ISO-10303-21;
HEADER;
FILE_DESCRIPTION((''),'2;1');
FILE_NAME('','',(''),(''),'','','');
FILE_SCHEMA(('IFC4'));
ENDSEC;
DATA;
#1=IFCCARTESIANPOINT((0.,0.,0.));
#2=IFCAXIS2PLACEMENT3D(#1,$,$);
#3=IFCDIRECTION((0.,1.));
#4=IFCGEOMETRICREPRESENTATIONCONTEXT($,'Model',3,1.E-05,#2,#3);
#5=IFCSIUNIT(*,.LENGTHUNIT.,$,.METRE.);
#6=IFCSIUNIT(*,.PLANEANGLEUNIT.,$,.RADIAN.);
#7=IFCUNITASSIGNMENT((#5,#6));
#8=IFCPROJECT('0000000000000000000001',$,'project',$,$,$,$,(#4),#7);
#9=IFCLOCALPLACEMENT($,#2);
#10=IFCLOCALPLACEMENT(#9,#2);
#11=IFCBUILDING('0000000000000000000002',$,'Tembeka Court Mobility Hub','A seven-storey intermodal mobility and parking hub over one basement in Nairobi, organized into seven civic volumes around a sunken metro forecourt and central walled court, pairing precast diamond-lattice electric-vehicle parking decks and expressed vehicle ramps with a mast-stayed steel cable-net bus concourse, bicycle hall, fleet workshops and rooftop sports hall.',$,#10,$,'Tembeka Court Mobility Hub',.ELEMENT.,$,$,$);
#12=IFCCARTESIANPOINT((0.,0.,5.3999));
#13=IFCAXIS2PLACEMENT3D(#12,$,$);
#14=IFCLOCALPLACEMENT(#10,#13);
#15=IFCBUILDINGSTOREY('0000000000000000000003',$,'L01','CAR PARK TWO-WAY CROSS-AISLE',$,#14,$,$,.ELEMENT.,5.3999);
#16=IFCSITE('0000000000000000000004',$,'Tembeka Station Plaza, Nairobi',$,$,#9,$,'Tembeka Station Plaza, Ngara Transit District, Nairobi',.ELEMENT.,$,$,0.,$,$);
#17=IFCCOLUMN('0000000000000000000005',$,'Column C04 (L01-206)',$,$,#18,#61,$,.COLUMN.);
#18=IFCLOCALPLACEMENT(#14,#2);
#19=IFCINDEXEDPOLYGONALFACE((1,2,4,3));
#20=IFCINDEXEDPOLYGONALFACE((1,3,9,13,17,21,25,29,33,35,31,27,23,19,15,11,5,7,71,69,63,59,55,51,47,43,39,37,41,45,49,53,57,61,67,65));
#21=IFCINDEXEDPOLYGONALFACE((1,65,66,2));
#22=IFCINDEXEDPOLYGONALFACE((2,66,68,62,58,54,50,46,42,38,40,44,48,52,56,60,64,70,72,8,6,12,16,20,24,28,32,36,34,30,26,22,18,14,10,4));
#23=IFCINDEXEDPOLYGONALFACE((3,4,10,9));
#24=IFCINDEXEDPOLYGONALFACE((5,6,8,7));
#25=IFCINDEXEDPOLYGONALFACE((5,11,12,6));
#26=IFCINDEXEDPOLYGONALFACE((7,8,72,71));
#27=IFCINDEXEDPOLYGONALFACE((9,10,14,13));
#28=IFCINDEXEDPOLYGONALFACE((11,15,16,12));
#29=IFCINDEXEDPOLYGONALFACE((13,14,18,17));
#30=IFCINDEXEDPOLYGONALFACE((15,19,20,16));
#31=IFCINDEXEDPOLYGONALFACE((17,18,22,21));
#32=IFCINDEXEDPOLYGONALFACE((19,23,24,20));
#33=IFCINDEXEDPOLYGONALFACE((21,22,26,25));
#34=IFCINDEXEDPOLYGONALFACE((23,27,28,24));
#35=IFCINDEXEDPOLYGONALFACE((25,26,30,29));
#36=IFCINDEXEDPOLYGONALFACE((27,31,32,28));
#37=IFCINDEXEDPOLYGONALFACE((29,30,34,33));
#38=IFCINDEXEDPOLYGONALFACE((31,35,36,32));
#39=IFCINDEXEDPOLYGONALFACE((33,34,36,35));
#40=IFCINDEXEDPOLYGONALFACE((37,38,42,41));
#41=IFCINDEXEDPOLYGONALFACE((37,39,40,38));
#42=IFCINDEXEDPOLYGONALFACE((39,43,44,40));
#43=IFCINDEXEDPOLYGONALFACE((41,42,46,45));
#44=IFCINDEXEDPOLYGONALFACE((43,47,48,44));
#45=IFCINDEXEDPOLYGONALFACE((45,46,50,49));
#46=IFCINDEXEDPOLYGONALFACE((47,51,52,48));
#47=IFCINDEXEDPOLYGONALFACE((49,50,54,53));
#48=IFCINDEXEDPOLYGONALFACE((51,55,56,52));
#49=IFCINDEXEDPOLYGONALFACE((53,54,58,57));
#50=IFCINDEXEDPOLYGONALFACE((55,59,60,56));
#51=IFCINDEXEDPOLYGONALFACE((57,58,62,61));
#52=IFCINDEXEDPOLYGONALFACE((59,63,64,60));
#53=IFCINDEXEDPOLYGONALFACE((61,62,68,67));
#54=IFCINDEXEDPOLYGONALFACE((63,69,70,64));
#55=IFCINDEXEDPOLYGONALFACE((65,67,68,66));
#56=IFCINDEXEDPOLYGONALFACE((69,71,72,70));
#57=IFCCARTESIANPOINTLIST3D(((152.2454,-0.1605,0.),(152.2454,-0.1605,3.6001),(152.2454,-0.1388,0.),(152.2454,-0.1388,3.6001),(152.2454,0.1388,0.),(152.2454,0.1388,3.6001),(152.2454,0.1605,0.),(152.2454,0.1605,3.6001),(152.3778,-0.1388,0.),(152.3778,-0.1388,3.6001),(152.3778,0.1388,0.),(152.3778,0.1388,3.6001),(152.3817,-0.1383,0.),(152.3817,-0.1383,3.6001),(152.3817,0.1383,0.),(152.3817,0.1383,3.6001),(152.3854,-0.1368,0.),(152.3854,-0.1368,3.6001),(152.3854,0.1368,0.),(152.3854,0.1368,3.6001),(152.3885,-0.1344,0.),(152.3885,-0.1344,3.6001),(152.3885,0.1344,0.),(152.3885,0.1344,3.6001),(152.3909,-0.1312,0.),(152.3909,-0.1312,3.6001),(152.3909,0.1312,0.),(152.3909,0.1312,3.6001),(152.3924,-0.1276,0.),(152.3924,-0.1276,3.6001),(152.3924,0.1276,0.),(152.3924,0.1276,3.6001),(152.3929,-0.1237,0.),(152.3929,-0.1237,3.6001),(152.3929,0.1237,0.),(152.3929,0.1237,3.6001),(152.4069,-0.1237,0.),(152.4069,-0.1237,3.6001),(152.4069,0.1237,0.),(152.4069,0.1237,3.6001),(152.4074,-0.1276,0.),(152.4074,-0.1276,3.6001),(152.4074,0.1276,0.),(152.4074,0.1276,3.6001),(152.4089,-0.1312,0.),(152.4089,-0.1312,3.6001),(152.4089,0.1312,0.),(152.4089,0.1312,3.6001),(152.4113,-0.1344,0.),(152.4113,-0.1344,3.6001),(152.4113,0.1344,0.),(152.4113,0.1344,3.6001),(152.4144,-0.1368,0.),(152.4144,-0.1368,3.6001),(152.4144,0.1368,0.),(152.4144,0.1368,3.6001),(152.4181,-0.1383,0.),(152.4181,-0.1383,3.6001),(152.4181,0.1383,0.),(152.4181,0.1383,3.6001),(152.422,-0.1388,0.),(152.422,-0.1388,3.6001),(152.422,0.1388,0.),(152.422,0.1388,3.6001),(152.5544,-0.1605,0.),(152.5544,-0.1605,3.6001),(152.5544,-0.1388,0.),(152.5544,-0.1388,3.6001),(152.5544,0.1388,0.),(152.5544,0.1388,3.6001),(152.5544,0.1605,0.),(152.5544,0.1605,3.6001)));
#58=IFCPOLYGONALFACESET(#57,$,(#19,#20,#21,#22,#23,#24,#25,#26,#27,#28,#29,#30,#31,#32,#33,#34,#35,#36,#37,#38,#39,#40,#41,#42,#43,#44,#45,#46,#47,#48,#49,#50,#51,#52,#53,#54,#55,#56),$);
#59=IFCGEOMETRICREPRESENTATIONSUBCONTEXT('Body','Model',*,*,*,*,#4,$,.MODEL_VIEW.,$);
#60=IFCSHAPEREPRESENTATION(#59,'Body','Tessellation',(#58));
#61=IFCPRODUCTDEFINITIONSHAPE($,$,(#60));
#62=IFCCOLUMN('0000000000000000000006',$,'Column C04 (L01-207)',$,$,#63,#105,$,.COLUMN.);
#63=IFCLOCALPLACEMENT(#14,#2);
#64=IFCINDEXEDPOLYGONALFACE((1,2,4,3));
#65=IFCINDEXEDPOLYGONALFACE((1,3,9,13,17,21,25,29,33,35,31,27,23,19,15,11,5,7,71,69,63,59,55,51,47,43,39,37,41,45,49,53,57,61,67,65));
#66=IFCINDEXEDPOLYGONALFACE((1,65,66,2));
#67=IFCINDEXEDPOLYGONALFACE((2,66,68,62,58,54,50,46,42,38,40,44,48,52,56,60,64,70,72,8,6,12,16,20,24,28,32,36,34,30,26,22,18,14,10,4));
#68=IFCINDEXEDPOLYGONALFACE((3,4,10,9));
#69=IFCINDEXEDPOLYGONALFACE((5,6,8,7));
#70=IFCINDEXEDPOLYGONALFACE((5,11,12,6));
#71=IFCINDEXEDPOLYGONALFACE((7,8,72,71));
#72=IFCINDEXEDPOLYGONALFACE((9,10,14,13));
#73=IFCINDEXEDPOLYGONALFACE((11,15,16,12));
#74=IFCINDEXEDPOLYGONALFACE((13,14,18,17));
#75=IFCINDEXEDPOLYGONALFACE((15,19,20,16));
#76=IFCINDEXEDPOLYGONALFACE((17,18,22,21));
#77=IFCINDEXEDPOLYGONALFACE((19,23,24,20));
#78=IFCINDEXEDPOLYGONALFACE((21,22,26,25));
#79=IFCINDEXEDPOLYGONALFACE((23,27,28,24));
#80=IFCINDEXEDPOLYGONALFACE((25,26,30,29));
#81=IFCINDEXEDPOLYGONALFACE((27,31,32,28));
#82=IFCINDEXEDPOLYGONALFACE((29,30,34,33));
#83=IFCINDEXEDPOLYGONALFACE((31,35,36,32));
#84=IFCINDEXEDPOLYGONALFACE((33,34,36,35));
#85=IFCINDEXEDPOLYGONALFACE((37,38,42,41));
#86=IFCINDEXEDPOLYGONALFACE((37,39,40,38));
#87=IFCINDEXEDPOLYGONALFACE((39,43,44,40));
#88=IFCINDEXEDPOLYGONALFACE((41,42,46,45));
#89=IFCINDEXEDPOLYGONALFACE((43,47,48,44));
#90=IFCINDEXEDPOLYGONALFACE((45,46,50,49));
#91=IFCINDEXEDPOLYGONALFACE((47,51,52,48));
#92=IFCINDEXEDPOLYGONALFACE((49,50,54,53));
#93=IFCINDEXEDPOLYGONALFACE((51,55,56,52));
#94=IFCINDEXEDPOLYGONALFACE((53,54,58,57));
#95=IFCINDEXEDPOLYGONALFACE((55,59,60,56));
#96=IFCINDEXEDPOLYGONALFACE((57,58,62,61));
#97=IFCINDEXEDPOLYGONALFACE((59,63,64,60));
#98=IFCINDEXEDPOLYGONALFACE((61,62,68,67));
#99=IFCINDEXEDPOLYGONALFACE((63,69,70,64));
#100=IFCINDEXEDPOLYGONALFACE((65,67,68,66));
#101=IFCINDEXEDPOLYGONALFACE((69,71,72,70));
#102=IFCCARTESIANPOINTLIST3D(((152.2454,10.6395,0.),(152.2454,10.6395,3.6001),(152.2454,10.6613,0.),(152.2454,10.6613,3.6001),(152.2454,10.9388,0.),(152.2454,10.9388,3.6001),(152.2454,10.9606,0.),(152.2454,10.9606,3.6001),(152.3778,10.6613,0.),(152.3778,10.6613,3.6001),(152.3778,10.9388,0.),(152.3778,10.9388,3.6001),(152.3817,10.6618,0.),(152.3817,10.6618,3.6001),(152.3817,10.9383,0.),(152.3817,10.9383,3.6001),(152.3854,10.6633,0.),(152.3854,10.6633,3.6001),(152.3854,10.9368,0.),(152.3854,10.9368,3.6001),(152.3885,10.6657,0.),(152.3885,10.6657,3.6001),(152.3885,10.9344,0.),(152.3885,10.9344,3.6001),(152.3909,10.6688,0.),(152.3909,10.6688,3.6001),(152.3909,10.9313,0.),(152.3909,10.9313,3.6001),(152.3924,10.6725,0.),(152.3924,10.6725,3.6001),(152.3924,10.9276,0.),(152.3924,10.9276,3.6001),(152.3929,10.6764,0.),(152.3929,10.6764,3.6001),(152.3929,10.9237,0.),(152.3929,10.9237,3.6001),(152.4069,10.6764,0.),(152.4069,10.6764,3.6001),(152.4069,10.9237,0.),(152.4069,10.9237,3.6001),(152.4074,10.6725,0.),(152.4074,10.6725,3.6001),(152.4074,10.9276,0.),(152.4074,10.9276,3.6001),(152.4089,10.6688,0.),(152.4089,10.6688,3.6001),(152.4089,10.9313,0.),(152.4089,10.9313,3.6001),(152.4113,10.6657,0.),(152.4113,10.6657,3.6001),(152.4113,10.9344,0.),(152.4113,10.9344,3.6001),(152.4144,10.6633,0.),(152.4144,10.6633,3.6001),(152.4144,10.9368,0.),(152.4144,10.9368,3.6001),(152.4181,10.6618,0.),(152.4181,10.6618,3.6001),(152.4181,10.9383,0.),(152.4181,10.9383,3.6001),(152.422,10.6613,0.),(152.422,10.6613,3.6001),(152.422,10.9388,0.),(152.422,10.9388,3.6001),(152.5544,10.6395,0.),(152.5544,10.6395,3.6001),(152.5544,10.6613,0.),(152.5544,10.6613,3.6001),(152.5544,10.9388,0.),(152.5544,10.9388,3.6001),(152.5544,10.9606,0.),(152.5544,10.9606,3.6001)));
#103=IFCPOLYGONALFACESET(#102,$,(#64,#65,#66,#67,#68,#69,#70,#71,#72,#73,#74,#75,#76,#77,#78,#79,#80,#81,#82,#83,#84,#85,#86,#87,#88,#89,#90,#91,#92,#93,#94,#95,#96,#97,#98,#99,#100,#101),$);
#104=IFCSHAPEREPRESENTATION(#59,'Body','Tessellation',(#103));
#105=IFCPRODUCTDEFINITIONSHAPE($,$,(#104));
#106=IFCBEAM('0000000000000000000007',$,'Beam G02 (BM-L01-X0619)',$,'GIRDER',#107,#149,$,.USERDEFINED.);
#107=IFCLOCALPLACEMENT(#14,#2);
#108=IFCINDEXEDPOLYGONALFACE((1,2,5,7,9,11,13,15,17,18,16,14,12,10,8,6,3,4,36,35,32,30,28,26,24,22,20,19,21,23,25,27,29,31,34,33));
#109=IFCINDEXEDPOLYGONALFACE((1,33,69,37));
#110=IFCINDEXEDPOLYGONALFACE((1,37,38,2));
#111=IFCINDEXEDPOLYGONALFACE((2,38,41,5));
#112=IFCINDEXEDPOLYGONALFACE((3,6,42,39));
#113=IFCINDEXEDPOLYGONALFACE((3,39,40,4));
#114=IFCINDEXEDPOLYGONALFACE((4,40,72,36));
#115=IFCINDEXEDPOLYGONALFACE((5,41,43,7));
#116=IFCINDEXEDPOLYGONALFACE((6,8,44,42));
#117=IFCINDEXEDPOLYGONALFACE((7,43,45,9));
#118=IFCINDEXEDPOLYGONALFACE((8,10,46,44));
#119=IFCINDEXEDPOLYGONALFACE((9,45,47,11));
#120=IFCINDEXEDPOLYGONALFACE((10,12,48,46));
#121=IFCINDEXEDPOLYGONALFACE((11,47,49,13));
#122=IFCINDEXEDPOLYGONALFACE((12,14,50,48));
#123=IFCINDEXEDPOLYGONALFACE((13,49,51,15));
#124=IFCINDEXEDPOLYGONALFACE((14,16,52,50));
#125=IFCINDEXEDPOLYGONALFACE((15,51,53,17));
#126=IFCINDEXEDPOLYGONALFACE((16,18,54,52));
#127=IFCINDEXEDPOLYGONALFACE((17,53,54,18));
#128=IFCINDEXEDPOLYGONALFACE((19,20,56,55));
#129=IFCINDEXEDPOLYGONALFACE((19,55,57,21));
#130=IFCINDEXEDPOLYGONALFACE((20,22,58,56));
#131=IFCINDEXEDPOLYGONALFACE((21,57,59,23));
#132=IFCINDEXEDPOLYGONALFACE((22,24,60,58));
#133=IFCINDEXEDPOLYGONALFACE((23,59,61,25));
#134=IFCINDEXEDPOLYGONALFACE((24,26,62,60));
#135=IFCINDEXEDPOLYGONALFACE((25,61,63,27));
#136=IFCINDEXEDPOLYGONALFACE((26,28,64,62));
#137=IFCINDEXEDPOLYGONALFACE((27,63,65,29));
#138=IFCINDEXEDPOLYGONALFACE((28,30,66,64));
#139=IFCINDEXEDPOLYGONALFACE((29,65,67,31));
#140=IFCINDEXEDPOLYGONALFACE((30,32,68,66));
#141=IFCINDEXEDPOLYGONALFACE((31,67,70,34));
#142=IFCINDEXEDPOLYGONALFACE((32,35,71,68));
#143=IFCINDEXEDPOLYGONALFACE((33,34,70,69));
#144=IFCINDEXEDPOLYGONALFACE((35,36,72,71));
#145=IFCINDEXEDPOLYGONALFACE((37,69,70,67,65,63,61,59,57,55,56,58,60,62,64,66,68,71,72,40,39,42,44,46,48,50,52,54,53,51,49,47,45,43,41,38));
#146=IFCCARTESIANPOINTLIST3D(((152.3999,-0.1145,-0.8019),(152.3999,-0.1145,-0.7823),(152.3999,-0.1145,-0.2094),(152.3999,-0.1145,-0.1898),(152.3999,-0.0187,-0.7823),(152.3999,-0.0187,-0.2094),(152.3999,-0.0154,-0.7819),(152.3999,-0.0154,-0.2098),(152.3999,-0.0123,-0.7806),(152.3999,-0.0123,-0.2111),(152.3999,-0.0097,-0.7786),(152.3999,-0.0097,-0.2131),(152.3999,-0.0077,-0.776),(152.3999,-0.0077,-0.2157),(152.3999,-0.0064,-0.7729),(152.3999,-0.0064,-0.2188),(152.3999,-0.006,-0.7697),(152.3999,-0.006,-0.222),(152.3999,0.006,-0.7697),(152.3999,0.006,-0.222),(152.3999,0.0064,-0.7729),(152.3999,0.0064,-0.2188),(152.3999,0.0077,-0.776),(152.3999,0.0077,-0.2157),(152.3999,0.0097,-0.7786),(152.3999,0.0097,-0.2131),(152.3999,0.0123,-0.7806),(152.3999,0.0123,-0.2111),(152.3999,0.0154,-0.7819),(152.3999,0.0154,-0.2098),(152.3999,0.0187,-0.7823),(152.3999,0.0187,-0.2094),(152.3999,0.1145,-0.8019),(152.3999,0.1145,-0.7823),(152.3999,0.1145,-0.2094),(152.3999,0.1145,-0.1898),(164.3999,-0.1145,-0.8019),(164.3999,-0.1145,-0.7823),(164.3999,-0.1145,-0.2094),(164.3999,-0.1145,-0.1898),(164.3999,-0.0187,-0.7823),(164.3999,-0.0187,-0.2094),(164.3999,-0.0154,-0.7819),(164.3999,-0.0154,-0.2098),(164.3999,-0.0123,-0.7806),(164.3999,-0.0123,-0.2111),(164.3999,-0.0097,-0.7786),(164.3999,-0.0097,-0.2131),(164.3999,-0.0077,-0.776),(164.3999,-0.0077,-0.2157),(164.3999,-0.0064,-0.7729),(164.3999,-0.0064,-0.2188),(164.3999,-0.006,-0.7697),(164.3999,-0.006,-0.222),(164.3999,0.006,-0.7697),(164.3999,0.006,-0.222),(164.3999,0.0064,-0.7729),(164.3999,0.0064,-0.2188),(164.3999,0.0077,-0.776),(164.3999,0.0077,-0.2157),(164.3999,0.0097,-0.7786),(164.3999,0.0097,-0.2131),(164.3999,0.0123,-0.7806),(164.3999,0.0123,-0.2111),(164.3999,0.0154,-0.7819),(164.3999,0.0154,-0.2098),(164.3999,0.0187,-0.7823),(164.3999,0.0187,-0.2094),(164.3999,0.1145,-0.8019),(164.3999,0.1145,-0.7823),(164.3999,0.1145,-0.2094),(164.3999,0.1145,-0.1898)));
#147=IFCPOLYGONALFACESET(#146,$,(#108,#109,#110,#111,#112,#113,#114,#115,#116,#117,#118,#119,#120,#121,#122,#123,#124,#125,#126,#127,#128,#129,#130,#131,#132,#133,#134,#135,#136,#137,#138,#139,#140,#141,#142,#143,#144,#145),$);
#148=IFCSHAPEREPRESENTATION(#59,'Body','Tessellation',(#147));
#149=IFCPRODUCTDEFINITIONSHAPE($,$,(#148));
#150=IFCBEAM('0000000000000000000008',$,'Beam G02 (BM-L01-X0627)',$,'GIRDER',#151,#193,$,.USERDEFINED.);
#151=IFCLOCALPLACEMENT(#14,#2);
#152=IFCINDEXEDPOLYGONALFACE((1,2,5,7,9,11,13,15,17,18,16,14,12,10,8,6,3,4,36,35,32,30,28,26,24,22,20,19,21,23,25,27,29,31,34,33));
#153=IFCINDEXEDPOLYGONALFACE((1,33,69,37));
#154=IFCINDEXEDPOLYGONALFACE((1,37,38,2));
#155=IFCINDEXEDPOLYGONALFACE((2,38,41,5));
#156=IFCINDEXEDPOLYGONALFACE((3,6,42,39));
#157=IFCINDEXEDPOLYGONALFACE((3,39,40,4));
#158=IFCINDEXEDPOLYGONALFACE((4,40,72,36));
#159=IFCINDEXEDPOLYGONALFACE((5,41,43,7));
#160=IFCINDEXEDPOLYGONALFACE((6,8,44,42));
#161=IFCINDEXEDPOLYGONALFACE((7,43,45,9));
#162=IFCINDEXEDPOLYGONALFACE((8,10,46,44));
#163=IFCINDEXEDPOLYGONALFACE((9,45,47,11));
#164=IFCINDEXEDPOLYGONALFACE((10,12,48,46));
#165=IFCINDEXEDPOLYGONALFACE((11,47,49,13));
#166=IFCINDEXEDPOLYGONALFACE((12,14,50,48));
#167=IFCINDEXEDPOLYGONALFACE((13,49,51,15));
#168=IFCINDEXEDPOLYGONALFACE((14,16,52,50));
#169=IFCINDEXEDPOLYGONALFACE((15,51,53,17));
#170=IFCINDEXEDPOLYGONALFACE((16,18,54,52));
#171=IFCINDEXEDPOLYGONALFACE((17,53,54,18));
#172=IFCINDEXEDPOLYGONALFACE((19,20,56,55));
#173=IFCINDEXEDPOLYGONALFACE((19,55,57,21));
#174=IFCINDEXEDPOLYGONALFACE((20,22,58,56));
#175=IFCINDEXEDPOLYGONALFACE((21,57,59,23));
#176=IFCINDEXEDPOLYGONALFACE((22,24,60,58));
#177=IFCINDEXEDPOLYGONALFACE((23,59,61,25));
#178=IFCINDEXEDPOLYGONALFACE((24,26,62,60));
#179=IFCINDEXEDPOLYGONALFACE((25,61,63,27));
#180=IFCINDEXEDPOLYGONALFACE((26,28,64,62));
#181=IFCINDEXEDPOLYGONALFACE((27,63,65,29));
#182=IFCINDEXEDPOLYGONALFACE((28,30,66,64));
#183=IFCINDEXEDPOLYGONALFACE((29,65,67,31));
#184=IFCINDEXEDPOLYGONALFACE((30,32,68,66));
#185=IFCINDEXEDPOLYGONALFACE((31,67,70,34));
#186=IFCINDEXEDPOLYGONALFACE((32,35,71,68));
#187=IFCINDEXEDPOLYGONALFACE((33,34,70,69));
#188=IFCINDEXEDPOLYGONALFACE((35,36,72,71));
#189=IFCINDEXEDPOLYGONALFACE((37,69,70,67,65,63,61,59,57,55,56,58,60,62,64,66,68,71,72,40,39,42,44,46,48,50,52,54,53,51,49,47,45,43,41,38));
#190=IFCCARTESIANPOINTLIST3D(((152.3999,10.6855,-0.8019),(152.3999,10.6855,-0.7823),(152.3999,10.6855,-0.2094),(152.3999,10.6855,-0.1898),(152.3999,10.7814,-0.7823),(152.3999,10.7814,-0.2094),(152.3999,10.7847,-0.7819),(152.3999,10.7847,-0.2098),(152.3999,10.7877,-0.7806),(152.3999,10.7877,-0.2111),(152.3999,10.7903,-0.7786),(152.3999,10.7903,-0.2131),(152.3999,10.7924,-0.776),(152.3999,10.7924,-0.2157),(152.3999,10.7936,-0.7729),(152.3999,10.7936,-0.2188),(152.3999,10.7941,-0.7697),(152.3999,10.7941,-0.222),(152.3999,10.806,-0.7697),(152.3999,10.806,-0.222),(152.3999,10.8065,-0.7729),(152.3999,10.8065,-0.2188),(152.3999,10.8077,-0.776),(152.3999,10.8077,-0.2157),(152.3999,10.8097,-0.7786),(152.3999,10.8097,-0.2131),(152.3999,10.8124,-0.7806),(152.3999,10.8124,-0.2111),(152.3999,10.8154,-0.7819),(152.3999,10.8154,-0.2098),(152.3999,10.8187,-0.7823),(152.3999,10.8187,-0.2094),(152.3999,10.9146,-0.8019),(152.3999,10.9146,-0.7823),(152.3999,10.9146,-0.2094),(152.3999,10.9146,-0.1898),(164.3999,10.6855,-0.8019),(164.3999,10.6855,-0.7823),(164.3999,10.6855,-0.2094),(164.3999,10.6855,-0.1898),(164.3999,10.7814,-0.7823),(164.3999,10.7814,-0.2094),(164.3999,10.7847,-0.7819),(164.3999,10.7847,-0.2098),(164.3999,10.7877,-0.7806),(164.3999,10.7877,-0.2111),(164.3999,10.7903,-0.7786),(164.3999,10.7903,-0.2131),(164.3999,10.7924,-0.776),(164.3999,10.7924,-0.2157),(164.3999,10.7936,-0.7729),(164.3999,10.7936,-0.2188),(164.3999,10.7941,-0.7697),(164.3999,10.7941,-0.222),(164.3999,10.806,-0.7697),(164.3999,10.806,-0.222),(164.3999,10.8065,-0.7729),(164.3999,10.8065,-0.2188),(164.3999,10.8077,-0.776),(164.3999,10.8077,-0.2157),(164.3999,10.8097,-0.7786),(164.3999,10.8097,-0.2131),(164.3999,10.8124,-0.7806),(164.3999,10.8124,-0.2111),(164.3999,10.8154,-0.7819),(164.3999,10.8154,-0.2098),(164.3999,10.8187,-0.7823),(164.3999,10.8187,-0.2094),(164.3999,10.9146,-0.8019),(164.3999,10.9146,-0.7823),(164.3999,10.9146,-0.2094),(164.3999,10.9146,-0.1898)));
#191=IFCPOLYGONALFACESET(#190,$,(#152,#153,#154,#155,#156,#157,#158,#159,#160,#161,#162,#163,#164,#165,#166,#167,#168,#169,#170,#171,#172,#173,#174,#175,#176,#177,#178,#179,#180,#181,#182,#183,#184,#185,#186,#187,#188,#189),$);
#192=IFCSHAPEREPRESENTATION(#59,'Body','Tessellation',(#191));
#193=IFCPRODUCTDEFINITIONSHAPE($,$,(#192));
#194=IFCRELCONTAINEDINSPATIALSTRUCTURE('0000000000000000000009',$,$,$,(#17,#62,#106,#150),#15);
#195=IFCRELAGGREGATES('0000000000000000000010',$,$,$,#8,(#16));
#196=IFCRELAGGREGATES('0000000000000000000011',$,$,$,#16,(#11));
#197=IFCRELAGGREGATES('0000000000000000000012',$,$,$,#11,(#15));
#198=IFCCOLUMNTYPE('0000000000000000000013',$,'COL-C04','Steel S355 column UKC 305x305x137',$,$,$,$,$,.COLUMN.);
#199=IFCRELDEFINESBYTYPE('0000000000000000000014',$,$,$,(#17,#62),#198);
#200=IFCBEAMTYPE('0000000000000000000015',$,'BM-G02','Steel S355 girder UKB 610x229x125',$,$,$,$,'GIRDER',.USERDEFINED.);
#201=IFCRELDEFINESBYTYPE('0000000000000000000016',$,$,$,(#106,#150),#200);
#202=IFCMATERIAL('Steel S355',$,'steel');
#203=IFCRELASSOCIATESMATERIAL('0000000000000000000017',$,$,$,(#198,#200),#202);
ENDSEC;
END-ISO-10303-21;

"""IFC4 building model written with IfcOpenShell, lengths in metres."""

from ifc_helpers import new_model, si_unit, direction, frame, origin, origin_2d, place, context, subcontext, project, spatial, i_section, extrude, material, material_profile, profile_set, type_object, element, save


model = new_model("IFC4")

# Units and contexts
model_context = context("Model", 3, precision=1e-05, world=origin(), true_north=direction((0.0, 1.0)))
body_context = subcontext(model_context, "Body", "Model", "MODEL_VIEW")
ifc_project = project(units=[si_unit("LENGTHUNIT", "METRE"), si_unit("PLANEANGLEUNIT", "RADIAN")], contexts=[model_context])

# Site, building, storey
site_placement = place(None, origin())
site = spatial("IfcSite", under=ifc_project, at=site_placement, Name="Tembeka Station Plaza, Nairobi", LongName="Tembeka Station Plaza, Ngara Transit District, Nairobi", CompositionType="ELEMENT", RefElevation=0.0)
building_placement = place(site_placement, origin())
building = spatial("IfcBuilding", under=site, at=building_placement, Name="Tembeka Court Mobility Hub", Description="A seven-storey intermodal mobility and parking hub over one basement in Nairobi, organized into seven civic volumes around a sunken metro forecourt and central walled court, pairing precast diamond-lattice electric-vehicle parking decks and expressed vehicle ramps with a mast-stayed steel cable-net bus concourse, bicycle hall, fleet workshops and rooftop sports hall.", LongName="Tembeka Court Mobility Hub", CompositionType="ELEMENT")
storey_placement = place(building_placement, frame((0.0, 0.0, 5.3999)))
storey = spatial("IfcBuildingStorey", under=building, at=storey_placement, Name="L01", Description="CAR PARK TWO-WAY CROSS-AISLE", CompositionType="ELEMENT", Elevation=5.3999)

# Columns
ifc_material_1 = material(Name="Steel S355", Category="steel")
ifc_material_profile_1 = material_profile(ifc_material_1, i_section(OverallWidth=0.3091, OverallDepth=0.321, WebThickness=0.0139, FlangeThickness=0.0217, FilletRadius=0.0151, at=origin_2d()), Name="UKC 305x305x137")
ifc_profile_set_1 = profile_set([ifc_material_profile_1], Name="Steel S355")
column_type = type_object("IfcColumnType", Name="COL-C04", Description="Steel S355 column UKC 305x305x137", PredefinedType="COLUMN", material=ifc_profile_set_1)
for number, where, z_axis, x_axis, name in (
    (1, (152.3999, 0.0, 0.0), (0.0, 0.0, 1.0), (1.0, 0.0, 0.0), "Column C04 (L01-206)"),
    (2, (152.3999, 10.8, 0.0), (0.0, 0.0, 1.0), (1.0, 0.0, 0.0), "Column C04 (L01-207)"),
):
    element("IfcColumn", number, at=place(storey_placement, frame(where, z_axis=z_axis, x_axis=x_axis)), inside=storey, type_object=column_type, Name=name, PredefinedType="COLUMN", context=body_context, shape_type="SweptSolid", body=[
        extrude(i_section(OverallWidth=0.3091, OverallDepth=0.321, WebThickness=0.0139, FlangeThickness=0.0217, FilletRadius=0.0151, at=origin_2d()), origin(), (0.0, 0.0, 1.0), 3.6001),
    ])

# Beams
ifc_material_profile_2 = material_profile(ifc_material_1, i_section(OverallWidth=0.229, OverallDepth=0.6121, WebThickness=0.012, FlangeThickness=0.0195, FilletRadius=0.0127, at=origin_2d()), Name="UKB 610x229x125")
ifc_profile_set_2 = profile_set([ifc_material_profile_2], Name="Steel S355")
beam_type_1 = type_object("IfcBeamType", Name="BM-G02", Description="Steel S355 girder UKB 610x229x125", ElementType="GIRDER", PredefinedType="USERDEFINED", material=ifc_profile_set_2)
for number, where, z_axis, x_axis, name in (
    (3, (152.3999, 0.0, -0.4958), (1.0, 0.0, 0.0), (0.0, 1.0, 0.0), "Beam G02 (BM-L01-X0619)"),
    (4, (152.3999, 10.8, -0.4958), (1.0, 0.0, 0.0), (0.0, 1.0, 0.0), "Beam G02 (BM-L01-X0627)"),
):
    element("IfcBeam", number, at=place(storey_placement, frame(where, z_axis=z_axis, x_axis=x_axis)), inside=storey, type_object=beam_type_1, Name=name, ObjectType="GIRDER", PredefinedType="USERDEFINED", context=body_context, shape_type="SweptSolid", body=[
        extrude(i_section(OverallWidth=0.229, OverallDepth=0.6121, WebThickness=0.012, FlangeThickness=0.0195, FilletRadius=0.0127, at=origin_2d()), origin(), (0.0, 0.0, 1.0), 12.0),
    ])

save(model, "model.ifc")
